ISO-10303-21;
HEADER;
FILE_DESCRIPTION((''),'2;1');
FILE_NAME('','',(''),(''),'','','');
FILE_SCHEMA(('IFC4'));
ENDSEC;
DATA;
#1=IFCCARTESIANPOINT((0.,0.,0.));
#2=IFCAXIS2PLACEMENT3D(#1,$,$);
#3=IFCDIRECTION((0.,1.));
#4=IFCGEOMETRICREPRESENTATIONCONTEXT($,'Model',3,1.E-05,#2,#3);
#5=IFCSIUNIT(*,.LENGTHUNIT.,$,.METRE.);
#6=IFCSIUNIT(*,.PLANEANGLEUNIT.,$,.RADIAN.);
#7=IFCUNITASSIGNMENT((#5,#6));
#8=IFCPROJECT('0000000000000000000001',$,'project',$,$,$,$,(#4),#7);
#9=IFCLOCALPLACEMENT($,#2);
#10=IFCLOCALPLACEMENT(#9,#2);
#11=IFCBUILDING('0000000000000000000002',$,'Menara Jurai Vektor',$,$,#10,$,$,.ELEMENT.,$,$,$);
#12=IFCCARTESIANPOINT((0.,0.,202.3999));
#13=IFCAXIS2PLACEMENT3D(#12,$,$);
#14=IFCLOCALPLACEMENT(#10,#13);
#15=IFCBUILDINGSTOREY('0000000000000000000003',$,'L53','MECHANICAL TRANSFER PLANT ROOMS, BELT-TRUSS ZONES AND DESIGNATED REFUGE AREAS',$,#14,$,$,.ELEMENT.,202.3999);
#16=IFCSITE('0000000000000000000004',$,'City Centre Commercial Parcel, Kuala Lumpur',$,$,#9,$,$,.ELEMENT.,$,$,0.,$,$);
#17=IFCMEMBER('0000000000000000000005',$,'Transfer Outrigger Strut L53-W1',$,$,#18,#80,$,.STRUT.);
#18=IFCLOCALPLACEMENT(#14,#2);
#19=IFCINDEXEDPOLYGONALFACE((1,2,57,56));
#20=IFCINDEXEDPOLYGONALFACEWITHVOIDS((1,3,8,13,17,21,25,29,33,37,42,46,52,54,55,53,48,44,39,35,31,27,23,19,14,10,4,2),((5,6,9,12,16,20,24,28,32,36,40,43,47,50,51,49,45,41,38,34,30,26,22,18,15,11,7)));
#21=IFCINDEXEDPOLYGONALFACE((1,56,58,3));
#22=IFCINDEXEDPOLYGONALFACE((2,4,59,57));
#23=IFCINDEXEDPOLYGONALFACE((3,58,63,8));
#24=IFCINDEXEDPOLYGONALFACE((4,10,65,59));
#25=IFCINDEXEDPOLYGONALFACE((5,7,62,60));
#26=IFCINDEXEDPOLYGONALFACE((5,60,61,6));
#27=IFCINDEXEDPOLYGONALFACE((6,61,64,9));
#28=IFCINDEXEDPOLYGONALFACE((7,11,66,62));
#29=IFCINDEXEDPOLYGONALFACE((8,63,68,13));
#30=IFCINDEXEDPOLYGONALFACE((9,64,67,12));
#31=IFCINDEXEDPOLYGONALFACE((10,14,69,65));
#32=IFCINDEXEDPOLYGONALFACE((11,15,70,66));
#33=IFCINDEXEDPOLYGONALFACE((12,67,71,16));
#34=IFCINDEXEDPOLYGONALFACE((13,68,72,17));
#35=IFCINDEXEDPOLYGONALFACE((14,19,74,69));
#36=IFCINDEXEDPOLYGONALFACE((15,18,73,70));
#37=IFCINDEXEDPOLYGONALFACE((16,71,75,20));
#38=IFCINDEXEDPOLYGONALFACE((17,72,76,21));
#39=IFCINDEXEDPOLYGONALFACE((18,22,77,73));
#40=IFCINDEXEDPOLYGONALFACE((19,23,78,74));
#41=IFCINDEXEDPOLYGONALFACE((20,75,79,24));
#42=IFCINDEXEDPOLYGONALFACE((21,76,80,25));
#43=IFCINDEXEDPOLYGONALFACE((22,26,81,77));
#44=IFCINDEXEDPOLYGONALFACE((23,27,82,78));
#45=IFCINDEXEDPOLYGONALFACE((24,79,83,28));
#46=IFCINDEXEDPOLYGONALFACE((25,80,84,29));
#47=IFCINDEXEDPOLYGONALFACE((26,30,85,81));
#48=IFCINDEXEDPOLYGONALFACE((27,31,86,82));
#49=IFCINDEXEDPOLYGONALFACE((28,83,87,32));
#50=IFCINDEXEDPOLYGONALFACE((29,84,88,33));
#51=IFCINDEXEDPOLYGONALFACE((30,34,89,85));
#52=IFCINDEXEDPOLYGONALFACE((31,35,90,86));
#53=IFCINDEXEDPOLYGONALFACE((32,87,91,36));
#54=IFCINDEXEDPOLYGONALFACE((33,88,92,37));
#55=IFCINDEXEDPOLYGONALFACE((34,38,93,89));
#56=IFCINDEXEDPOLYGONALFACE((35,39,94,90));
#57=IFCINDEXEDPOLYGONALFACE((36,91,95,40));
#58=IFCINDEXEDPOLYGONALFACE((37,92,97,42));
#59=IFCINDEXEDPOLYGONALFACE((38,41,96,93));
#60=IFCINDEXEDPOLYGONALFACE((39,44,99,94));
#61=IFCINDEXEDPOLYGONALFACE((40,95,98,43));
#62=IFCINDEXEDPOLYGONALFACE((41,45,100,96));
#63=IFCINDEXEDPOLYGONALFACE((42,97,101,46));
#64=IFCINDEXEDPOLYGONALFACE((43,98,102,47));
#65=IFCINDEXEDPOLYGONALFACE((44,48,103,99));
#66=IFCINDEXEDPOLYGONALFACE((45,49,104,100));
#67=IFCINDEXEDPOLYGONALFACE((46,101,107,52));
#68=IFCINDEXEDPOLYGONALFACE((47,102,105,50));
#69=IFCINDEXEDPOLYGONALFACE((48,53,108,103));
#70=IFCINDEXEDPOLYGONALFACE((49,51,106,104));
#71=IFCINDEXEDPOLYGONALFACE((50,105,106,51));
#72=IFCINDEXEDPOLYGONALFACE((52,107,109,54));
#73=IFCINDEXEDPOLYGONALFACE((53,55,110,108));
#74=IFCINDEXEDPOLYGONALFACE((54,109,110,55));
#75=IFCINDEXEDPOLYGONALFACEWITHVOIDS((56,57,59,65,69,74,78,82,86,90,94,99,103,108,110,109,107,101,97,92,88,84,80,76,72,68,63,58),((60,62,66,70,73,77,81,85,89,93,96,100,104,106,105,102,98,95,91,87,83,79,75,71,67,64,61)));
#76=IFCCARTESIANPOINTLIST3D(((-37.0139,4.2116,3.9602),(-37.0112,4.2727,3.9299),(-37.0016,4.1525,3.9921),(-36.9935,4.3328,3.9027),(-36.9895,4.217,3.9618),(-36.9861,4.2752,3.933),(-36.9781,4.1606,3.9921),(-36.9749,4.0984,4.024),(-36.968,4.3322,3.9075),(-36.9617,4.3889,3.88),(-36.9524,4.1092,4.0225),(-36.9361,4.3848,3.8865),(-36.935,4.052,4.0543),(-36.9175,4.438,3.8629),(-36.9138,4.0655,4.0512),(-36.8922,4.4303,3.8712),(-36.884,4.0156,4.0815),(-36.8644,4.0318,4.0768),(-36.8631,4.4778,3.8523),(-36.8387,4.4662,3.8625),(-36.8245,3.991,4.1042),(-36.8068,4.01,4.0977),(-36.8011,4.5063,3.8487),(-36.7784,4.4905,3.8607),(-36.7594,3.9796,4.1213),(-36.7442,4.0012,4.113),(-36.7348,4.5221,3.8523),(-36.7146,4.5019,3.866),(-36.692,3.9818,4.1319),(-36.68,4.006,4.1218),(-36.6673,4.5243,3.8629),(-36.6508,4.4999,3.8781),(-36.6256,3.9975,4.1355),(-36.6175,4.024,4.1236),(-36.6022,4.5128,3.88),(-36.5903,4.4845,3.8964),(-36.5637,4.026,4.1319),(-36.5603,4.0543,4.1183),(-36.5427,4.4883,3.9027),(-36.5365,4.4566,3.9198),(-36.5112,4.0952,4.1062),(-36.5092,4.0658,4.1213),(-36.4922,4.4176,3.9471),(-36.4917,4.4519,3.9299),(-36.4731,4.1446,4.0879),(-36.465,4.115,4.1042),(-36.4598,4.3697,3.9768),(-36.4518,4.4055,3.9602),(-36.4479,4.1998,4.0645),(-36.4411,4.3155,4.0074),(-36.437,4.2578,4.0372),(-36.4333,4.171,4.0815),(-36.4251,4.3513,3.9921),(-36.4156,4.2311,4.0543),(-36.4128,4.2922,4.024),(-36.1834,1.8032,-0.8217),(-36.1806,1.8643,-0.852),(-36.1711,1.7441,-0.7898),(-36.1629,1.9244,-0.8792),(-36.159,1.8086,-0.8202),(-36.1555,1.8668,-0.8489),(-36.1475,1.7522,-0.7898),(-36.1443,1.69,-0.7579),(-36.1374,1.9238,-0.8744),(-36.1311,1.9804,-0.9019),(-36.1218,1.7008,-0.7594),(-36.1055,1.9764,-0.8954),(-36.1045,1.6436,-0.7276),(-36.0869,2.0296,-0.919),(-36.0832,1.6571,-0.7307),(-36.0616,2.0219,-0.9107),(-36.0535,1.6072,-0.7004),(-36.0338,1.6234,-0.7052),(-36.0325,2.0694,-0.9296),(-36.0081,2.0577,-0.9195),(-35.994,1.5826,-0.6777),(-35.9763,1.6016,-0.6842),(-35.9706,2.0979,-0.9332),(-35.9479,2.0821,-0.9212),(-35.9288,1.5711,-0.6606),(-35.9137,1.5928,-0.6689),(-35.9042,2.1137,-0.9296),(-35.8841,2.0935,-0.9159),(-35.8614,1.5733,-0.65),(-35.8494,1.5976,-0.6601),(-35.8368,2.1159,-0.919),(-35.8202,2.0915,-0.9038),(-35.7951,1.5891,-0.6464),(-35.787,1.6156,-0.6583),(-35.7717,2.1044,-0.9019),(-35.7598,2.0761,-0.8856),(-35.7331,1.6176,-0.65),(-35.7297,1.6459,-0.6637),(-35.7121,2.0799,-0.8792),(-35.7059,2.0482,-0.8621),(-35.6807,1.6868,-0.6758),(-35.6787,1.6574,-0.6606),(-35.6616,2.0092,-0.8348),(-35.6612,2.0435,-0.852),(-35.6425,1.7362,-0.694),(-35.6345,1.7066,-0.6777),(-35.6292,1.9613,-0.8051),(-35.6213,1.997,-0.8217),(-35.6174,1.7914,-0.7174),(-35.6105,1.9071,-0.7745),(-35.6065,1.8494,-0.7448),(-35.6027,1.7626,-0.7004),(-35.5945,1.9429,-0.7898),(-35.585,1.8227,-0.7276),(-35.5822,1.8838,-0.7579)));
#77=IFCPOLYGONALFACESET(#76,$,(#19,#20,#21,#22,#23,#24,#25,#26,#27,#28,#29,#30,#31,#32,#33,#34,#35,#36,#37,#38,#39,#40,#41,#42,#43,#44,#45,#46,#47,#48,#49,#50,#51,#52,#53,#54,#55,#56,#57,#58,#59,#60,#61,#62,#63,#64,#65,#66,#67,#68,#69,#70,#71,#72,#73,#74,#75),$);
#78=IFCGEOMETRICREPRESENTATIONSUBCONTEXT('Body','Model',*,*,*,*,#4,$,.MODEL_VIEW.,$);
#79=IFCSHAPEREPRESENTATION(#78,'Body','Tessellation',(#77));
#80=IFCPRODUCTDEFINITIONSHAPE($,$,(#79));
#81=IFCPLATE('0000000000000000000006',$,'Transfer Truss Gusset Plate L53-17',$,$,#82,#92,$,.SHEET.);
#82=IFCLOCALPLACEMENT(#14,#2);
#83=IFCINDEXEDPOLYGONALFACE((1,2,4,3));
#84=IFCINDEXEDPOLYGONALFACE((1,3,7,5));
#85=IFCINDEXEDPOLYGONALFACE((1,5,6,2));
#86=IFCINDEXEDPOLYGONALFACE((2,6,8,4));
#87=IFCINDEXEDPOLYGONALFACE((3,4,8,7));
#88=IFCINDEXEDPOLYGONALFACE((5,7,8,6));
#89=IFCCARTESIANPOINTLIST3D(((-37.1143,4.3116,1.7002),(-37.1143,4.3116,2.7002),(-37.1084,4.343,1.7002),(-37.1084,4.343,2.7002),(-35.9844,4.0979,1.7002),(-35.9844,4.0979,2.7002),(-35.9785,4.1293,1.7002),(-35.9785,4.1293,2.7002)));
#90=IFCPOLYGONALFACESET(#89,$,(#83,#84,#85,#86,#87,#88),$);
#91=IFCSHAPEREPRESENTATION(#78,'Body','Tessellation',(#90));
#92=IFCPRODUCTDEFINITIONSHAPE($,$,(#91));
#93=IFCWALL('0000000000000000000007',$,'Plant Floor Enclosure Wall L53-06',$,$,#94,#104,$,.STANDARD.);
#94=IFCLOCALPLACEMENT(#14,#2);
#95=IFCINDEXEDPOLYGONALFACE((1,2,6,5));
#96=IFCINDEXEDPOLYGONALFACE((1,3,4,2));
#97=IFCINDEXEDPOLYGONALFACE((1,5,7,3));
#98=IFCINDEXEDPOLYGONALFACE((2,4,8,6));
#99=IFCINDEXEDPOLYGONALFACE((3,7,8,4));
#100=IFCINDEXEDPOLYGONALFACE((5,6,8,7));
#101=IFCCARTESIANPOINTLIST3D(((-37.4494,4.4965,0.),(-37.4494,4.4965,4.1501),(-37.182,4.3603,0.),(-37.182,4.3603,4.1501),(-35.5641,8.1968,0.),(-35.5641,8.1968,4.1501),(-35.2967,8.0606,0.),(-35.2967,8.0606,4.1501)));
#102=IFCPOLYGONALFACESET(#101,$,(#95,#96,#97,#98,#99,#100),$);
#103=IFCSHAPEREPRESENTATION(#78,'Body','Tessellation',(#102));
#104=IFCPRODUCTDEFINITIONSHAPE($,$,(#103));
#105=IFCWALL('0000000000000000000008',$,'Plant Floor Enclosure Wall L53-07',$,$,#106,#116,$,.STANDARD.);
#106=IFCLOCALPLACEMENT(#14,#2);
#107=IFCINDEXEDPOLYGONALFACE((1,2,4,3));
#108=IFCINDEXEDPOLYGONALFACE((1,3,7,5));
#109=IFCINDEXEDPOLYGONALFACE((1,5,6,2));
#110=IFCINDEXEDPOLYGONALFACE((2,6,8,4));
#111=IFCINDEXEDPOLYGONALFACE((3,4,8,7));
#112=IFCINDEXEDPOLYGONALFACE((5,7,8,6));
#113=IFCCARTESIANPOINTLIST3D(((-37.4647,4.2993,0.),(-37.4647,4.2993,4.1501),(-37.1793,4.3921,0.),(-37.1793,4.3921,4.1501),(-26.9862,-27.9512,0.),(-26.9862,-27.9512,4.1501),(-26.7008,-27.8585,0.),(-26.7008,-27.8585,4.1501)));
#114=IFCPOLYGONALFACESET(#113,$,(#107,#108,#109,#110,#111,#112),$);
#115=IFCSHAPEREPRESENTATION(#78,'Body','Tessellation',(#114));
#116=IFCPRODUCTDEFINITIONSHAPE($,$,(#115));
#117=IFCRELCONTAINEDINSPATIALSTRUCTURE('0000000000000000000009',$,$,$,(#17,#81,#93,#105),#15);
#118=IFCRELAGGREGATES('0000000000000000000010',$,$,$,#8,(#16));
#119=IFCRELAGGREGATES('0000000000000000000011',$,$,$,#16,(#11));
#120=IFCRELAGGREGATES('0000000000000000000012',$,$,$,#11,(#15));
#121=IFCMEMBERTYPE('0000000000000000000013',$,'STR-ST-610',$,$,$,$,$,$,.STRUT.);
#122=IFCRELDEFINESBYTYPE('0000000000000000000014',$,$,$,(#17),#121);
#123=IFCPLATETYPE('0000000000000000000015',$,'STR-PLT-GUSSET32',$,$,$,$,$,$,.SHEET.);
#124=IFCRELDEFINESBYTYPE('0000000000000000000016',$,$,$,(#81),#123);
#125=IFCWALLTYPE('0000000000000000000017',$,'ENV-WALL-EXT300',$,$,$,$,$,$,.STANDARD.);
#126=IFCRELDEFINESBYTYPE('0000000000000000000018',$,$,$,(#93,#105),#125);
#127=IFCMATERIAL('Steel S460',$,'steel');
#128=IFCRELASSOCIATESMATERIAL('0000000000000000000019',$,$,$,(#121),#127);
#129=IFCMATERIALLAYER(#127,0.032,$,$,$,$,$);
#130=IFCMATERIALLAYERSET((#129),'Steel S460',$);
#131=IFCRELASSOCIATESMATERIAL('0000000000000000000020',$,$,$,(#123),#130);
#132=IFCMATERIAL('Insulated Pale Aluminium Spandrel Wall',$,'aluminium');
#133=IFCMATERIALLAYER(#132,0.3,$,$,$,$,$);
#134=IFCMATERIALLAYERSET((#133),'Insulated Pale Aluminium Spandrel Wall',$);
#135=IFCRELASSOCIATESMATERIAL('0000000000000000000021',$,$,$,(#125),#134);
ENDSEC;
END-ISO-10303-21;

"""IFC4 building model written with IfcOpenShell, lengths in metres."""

from ifc_helpers import new_model, si_unit, direction, frame, frame_2d, origin, origin_2d, place, context, subcontext, project, spatial, rectangle, hollow_circle, extrude, material, layer, layer_set, material_profile, profile_set, type_object, element, save


model = new_model("IFC4")

# Units and contexts
model_context = context("Model", 3, precision=1e-05, world=origin(), true_north=direction((0.0, 1.0)))
body_context = subcontext(model_context, "Body", "Model", "MODEL_VIEW")
ifc_project = project(units=[si_unit("LENGTHUNIT", "METRE"), si_unit("PLANEANGLEUNIT", "RADIAN")], contexts=[model_context])

# Site, building, storey
site_placement = place(None, origin())
site = spatial("IfcSite", under=ifc_project, at=site_placement, Name="City Centre Commercial Parcel, Kuala Lumpur", CompositionType="ELEMENT", RefElevation=0.0)
building_placement = place(site_placement, origin())
building = spatial("IfcBuilding", under=site, at=building_placement, Name="Menara Jurai Vektor", CompositionType="ELEMENT")
storey_placement = place(building_placement, frame((0.0, 0.0, 202.3999)))
storey = spatial("IfcBuildingStorey", under=building, at=storey_placement, Name="L53", Description="MECHANICAL TRANSFER PLANT ROOMS, BELT-TRUSS ZONES AND DESIGNATED REFUGE AREAS", CompositionType="ELEMENT", Elevation=202.3999)

# Shared definitions
ifc_material_1 = material(Name="Steel S460", Category="steel")

# Member
ifc_material_profile_1 = material_profile(ifc_material_1, hollow_circle(Radius=0.3049, WallThickness=0.0249, at=origin_2d()), Name="CHS 610x25")
ifc_profile_set_1 = profile_set([ifc_material_profile_1], Name="Steel S460")
member_type_1 = type_object("IfcMemberType", Name="STR-ST-610", PredefinedType="STRUT", material=ifc_profile_set_1)
member_1_placement = place(storey_placement, frame((-35.8828, 1.8435, -0.7898), z_axis=(-0.15329, 0.444504, 0.882564), x_axis=(-0.945365, -0.326014, 0.0)))
element("IfcMember", 1, at=member_1_placement, inside=storey, type_object=member_type_1, Name="Transfer Outrigger Strut L53-W1", PredefinedType="STRUT", context=body_context, shape_type="SweptSolid", body=[
    extrude(hollow_circle(Radius=0.3049, WallThickness=0.0249, at=origin_2d()), origin(), (0.0, 0.0, 1.0), 5.4182),
])

# Plate
ifc_layer_1 = layer(ifc_material_1, 0.032)
ifc_layer_set_1 = layer_set([ifc_layer_1], Name="Steel S460")
plate_type = type_object("IfcPlateType", Name="STR-PLT-GUSSET32", PredefinedType="SHEET", material=ifc_layer_set_1)
plate_placement = place(storey_placement, frame((-36.5464, 4.2205, 1.7002), z_axis=(0.0, 0.0, 1.0), x_axis=(0.98258, -0.185838, 0.0)))
element("IfcPlate", 2, at=plate_placement, inside=storey, type_object=plate_type, Name="Transfer Truss Gusset Plate L53-17", PredefinedType="SHEET", context=body_context, shape_type="SweptSolid", body=[
    extrude(rectangle(XDim=1.1499, YDim=0.032, at=origin_2d()), origin(), (0.0, 0.0, 1.0), 1.0),
])

# Walls
ifc_material_2 = material(Name="Insulated Pale Aluminium Spandrel Wall", Category="aluminium")
ifc_layer_2 = layer(ifc_material_2, 0.3)
ifc_layer_set_2 = layer_set([ifc_layer_2], Name="Insulated Pale Aluminium Spandrel Wall")
wall_type = type_object("IfcWallType", Name="ENV-WALL-EXT300", PredefinedType="STANDARD", material=ifc_layer_set_2)
wall_1_placement = place(storey_placement, frame((-35.4304, 8.1287, 0.0), z_axis=(0.0, 0.0, 1.0), x_axis=(-0.453973, -0.891015, 0.0)))
element("IfcWall", 3, at=wall_1_placement, inside=storey, type_object=wall_type, Name="Plant Floor Enclosure Wall L53-06", PredefinedType="STANDARD", context=body_context, shape_type="SweptSolid", body=[
    extrude(rectangle(XDim=4.1528, YDim=0.3, at=frame_2d((2.0764, 0.0))), origin(), (0.0, 0.0, 1.0), 4.1501),
])
wall_2_placement = place(storey_placement, frame((-37.322, 4.3457, 0.0), z_axis=(0.0, 0.0, 1.0), x_axis=(0.309009, -0.951059, 0.0)))
element("IfcWall", 4, at=wall_2_placement, inside=storey, type_object=wall_type, Name="Plant Floor Enclosure Wall L53-07", PredefinedType="STANDARD", context=body_context, shape_type="SweptSolid", body=[
    extrude(rectangle(XDim=33.9102, YDim=0.3, at=frame_2d((16.9551, 0.0))), origin(), (0.0, 0.0, 1.0), 4.1501),
])

save(model, "model.ifc")
